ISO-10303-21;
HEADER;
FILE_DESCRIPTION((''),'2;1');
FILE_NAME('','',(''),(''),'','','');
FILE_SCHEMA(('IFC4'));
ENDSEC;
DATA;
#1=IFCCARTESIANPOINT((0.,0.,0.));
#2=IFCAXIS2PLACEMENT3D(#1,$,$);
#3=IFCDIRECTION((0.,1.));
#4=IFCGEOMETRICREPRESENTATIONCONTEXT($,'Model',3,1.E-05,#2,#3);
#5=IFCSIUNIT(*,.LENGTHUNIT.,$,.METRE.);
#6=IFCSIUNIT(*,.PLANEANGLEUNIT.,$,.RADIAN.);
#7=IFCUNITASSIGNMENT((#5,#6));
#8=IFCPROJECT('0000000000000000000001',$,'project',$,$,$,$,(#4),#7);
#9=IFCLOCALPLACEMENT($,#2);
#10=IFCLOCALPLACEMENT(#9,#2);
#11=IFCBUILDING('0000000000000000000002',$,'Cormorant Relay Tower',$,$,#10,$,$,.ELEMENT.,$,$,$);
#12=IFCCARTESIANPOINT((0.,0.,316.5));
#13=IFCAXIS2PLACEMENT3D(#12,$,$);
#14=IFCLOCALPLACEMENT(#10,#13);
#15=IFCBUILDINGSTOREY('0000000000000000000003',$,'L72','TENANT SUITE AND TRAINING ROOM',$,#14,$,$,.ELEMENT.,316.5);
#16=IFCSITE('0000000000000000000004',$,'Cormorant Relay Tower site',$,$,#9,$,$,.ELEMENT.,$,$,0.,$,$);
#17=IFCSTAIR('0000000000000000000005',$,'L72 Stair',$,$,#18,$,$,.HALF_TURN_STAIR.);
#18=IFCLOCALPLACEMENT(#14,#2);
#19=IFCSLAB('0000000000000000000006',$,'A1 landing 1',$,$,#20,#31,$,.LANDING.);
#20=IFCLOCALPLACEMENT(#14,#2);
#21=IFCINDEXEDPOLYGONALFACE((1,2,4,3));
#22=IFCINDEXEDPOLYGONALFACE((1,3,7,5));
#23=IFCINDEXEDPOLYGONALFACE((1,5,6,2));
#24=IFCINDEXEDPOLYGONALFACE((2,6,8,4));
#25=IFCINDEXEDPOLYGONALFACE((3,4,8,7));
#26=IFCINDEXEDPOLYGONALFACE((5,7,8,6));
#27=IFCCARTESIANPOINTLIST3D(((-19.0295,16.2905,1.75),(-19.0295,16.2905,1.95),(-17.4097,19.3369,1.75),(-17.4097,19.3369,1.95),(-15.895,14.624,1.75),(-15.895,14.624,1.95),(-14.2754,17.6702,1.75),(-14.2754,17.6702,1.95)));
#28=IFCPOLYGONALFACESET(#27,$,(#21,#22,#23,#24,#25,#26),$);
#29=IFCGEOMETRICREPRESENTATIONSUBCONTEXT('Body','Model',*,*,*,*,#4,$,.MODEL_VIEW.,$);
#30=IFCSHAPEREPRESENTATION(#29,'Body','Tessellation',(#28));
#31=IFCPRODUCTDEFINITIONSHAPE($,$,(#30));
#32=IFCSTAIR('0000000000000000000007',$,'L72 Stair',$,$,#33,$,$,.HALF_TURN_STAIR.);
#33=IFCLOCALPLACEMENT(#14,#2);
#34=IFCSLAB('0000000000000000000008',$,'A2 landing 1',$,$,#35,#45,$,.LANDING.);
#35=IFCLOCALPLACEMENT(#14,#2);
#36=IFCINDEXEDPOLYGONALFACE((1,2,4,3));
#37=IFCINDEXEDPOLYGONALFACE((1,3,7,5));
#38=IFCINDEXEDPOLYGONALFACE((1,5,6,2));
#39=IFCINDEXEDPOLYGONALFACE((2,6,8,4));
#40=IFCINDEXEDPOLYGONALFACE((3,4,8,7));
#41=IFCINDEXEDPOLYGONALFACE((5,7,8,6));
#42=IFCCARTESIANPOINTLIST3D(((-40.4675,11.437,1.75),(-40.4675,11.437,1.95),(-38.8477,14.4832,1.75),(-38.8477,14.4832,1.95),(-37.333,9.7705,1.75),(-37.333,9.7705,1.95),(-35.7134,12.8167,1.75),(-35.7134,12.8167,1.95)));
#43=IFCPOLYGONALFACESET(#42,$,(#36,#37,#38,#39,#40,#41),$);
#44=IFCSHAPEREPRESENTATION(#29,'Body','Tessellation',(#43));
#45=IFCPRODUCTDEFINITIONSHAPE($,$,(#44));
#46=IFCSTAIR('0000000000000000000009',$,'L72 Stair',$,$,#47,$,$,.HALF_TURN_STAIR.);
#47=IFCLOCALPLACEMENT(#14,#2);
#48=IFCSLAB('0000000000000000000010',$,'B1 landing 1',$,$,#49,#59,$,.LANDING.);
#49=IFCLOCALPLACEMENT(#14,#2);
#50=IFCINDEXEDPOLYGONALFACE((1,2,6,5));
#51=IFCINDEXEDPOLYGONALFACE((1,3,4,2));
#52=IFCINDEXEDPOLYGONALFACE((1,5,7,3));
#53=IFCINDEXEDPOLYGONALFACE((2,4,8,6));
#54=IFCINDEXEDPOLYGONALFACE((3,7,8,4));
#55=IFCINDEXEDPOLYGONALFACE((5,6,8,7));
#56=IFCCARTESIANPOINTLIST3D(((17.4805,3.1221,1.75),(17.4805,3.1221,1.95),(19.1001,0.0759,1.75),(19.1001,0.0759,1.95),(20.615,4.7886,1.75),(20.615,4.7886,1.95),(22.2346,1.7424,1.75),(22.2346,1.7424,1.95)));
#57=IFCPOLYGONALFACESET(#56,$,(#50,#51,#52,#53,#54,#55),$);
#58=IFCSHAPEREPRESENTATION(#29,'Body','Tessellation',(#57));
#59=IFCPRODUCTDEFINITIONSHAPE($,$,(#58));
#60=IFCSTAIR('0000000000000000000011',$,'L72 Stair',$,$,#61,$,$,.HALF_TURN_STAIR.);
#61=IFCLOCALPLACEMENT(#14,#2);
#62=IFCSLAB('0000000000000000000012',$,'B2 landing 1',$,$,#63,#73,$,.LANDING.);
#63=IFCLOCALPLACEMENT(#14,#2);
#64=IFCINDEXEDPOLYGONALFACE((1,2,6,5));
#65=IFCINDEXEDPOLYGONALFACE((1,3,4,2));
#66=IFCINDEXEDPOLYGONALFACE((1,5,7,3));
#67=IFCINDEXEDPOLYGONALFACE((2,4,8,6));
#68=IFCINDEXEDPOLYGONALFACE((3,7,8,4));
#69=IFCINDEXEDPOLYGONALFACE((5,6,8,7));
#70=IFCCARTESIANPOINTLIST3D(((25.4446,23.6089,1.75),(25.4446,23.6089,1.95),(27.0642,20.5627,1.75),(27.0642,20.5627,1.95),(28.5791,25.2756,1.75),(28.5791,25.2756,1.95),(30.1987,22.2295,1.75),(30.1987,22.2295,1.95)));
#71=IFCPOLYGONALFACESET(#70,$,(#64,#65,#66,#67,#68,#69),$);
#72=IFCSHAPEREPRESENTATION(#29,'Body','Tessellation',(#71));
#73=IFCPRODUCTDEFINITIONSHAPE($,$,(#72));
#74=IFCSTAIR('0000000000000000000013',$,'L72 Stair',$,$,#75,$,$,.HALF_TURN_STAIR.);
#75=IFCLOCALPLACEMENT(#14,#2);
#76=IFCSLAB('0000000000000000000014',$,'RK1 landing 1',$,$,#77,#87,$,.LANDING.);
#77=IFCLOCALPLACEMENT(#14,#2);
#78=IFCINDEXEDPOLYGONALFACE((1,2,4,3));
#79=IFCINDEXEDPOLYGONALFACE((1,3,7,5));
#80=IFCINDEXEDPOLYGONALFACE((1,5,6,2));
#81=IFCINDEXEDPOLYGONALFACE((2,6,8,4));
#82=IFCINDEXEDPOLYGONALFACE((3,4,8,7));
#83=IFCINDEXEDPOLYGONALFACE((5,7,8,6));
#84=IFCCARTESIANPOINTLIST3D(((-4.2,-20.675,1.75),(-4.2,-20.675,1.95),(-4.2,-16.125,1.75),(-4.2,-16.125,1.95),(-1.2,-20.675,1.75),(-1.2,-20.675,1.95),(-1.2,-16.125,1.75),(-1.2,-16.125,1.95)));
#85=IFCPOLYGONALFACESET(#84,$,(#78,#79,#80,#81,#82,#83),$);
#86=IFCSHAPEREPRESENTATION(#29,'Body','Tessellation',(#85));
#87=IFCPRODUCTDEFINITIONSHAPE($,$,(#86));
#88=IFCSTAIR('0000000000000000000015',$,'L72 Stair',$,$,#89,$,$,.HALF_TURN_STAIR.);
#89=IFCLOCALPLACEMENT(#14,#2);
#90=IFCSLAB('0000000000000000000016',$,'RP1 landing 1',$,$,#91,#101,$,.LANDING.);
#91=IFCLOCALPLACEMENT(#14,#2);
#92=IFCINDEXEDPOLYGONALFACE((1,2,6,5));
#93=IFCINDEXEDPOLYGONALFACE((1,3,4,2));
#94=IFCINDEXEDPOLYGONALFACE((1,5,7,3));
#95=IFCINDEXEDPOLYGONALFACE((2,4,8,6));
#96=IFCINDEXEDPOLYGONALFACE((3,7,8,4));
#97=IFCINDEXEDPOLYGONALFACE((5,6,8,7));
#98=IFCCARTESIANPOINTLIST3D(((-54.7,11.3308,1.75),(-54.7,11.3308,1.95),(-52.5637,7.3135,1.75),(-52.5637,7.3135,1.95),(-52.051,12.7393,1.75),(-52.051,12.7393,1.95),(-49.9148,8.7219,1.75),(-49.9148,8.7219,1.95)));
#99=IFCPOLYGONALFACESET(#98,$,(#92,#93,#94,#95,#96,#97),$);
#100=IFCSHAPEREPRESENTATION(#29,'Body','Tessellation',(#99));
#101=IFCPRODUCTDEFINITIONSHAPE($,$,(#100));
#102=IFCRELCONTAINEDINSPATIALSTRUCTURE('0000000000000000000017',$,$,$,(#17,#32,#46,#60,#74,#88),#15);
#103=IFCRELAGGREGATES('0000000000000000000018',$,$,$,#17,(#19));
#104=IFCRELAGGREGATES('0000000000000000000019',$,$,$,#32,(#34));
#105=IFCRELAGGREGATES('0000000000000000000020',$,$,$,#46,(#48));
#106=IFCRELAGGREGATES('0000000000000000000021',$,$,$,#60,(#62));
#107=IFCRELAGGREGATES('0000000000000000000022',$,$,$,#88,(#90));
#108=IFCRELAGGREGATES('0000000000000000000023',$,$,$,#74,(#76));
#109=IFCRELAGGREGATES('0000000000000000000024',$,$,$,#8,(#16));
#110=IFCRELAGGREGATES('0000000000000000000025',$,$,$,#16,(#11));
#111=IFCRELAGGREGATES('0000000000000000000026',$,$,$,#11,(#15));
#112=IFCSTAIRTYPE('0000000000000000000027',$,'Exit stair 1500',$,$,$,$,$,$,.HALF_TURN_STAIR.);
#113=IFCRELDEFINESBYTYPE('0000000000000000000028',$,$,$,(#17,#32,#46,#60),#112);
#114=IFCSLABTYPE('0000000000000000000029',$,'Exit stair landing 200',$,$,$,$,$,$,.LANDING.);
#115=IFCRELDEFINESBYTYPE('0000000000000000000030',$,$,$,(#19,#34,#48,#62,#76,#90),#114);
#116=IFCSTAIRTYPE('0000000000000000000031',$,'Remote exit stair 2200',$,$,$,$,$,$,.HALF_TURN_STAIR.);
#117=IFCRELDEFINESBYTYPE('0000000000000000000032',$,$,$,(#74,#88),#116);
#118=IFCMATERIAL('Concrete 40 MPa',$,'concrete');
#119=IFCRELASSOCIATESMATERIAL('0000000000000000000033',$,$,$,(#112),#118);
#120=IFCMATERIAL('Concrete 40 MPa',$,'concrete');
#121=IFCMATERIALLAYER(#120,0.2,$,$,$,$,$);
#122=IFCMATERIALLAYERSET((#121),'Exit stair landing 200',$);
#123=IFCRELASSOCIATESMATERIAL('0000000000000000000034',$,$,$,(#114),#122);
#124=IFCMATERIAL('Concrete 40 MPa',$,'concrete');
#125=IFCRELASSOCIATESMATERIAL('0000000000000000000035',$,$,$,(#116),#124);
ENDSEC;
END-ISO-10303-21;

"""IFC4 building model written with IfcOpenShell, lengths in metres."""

from ifc_helpers import new_model, si_unit, direction, frame, origin, place, context, subcontext, project, spatial, polyline, outline, extrude, material, layer, layer_set, type_object, element, aggregate, save


model = new_model("IFC4")

# Units and contexts
model_context = context("Model", 3, precision=1e-05, world=origin(), true_north=direction((0.0, 1.0)))
body_context = subcontext(model_context, "Body", "Model", "MODEL_VIEW")
ifc_project = project(units=[si_unit("LENGTHUNIT", "METRE"), si_unit("PLANEANGLEUNIT", "RADIAN")], contexts=[model_context])

# Site, building, storey
site_placement = place(None, origin())
site = spatial("IfcSite", under=ifc_project, at=site_placement, Name="Cormorant Relay Tower site", CompositionType="ELEMENT", RefElevation=0.0)
building_placement = place(site_placement, origin())
building = spatial("IfcBuilding", under=site, at=building_placement, Name="Cormorant Relay Tower", CompositionType="ELEMENT")
storey_placement = place(building_placement, frame((0.0, 0.0, 316.5)))
storey = spatial("IfcBuildingStorey", under=building, at=storey_placement, Name="L72", Description="TENANT SUITE AND TRAINING ROOM", CompositionType="ELEMENT", Elevation=316.5)

# Stairs, slabs
ifc_material_1 = material(Name="Concrete 40 MPa", Category="concrete")
stair_type_1 = type_object("IfcStairType", Name="Exit stair 1500", PredefinedType="HALF_TURN_STAIR", material=ifc_material_1)
stair_1_placement = place(storey_placement, origin())
stair_1 = element("IfcStair", 1, at=stair_1_placement, inside=storey, type_object=stair_type_1, Name="L72 Stair", PredefinedType="HALF_TURN_STAIR")
ifc_material_2 = material(Name="Concrete 40 MPa", Category="concrete")
ifc_layer_1 = layer(ifc_material_2, 0.2)
ifc_layer_set_1 = layer_set([ifc_layer_1], Name="Exit stair landing 200")
slab_type_1 = type_object("IfcSlabType", Name="Exit stair landing 200", PredefinedType="LANDING", material=ifc_layer_set_1)
slab_1_placement = place(storey_placement, frame((0.0, 0.0, 1.75)))
slab_1 = element("IfcSlab", 2, at=slab_1_placement, type_object=slab_type_1, Name="A1 landing 1", PredefinedType="LANDING", context=body_context, shape_type="SweptSolid", body=[
    extrude(outline(polyline([(-19.0295, 16.2905), (-15.895, 14.624), (-14.2754, 17.6702), (-17.4097, 19.3369), (-19.0295, 16.2905)])), origin(), (0.0, 0.0, 1.0), 0.2),
])
aggregate(stair_1, [slab_1])
stair_2_placement = place(storey_placement, origin())
stair_2 = element("IfcStair", 3, at=stair_2_placement, inside=storey, type_object=stair_type_1, Name="L72 Stair", PredefinedType="HALF_TURN_STAIR")
slab_2_placement = place(storey_placement, frame((0.0, 0.0, 1.75)))
slab_2 = element("IfcSlab", 4, at=slab_2_placement, type_object=slab_type_1, Name="A2 landing 1", PredefinedType="LANDING", context=body_context, shape_type="SweptSolid", body=[
    extrude(outline(polyline([(-35.7134, 12.8167), (-38.8477, 14.4832), (-40.4675, 11.437), (-37.333, 9.7705), (-35.7134, 12.8167)])), origin(), (0.0, 0.0, 1.0), 0.2),
])
aggregate(stair_2, [slab_2])
stair_3_placement = place(storey_placement, origin())
stair_3 = element("IfcStair", 5, at=stair_3_placement, inside=storey, type_object=stair_type_1, Name="L72 Stair", PredefinedType="HALF_TURN_STAIR")
slab_3_placement = place(storey_placement, frame((0.0, 0.0, 1.75)))
slab_3 = element("IfcSlab", 6, at=slab_3_placement, type_object=slab_type_1, Name="B1 landing 1", PredefinedType="LANDING", context=body_context, shape_type="SweptSolid", body=[
    extrude(outline(polyline([(20.615, 4.7886), (17.4805, 3.1221), (19.1001, 0.0759), (22.2346, 1.7424), (20.615, 4.7886)])), origin(), (0.0, 0.0, 1.0), 0.2),
])
aggregate(stair_3, [slab_3])
stair_4_placement = place(storey_placement, origin())
stair_4 = element("IfcStair", 7, at=stair_4_placement, inside=storey, type_object=stair_type_1, Name="L72 Stair", PredefinedType="HALF_TURN_STAIR")
slab_4_placement = place(storey_placement, frame((0.0, 0.0, 1.75)))
slab_4 = element("IfcSlab", 8, at=slab_4_placement, type_object=slab_type_1, Name="B2 landing 1", PredefinedType="LANDING", context=body_context, shape_type="SweptSolid", body=[
    extrude(outline(polyline([(27.0642, 20.5627), (30.1987, 22.2295), (28.5791, 25.2756), (25.4446, 23.6089), (27.0642, 20.5627)])), origin(), (0.0, 0.0, 1.0), 0.2),
])
aggregate(stair_4, [slab_4])
ifc_material_3 = material(Name="Concrete 40 MPa", Category="concrete")
stair_type_2 = type_object("IfcStairType", Name="Remote exit stair 2200", PredefinedType="HALF_TURN_STAIR", material=ifc_material_3)
stair_5_placement = place(storey_placement, origin())
stair_5 = element("IfcStair", 9, at=stair_5_placement, inside=storey, type_object=stair_type_2, Name="L72 Stair", PredefinedType="HALF_TURN_STAIR")
slab_5_placement = place(storey_placement, frame((0.0, 0.0, 1.75)))
slab_5 = element("IfcSlab", 10, at=slab_5_placement, type_object=slab_type_1, Name="RK1 landing 1", PredefinedType="LANDING", context=body_context, shape_type="SweptSolid", body=[
    extrude(outline(polyline([(-1.2, -16.125), (-4.2, -16.125), (-4.2, -20.675), (-1.2, -20.675), (-1.2, -16.125)])), origin(), (0.0, 0.0, 1.0), 0.2),
])
stair_6_placement = place(storey_placement, origin())
stair_6 = element("IfcStair", 11, at=stair_6_placement, inside=storey, type_object=stair_type_2, Name="L72 Stair", PredefinedType="HALF_TURN_STAIR")
slab_6_placement = place(storey_placement, frame((0.0, 0.0, 1.75)))
slab_6 = element("IfcSlab", 12, at=slab_6_placement, type_object=slab_type_1, Name="RP1 landing 1", PredefinedType="LANDING", context=body_context, shape_type="SweptSolid", body=[
    extrude(outline(polyline([(-52.051, 12.7393), (-54.7, 11.3308), (-52.5637, 7.3135), (-49.9148, 8.7219), (-52.051, 12.7393)])), origin(), (0.0, 0.0, 1.0), 0.2),
])
aggregate(stair_6, [slab_6])

aggregate(stair_5, [slab_5])

save(model, "model.ifc")
